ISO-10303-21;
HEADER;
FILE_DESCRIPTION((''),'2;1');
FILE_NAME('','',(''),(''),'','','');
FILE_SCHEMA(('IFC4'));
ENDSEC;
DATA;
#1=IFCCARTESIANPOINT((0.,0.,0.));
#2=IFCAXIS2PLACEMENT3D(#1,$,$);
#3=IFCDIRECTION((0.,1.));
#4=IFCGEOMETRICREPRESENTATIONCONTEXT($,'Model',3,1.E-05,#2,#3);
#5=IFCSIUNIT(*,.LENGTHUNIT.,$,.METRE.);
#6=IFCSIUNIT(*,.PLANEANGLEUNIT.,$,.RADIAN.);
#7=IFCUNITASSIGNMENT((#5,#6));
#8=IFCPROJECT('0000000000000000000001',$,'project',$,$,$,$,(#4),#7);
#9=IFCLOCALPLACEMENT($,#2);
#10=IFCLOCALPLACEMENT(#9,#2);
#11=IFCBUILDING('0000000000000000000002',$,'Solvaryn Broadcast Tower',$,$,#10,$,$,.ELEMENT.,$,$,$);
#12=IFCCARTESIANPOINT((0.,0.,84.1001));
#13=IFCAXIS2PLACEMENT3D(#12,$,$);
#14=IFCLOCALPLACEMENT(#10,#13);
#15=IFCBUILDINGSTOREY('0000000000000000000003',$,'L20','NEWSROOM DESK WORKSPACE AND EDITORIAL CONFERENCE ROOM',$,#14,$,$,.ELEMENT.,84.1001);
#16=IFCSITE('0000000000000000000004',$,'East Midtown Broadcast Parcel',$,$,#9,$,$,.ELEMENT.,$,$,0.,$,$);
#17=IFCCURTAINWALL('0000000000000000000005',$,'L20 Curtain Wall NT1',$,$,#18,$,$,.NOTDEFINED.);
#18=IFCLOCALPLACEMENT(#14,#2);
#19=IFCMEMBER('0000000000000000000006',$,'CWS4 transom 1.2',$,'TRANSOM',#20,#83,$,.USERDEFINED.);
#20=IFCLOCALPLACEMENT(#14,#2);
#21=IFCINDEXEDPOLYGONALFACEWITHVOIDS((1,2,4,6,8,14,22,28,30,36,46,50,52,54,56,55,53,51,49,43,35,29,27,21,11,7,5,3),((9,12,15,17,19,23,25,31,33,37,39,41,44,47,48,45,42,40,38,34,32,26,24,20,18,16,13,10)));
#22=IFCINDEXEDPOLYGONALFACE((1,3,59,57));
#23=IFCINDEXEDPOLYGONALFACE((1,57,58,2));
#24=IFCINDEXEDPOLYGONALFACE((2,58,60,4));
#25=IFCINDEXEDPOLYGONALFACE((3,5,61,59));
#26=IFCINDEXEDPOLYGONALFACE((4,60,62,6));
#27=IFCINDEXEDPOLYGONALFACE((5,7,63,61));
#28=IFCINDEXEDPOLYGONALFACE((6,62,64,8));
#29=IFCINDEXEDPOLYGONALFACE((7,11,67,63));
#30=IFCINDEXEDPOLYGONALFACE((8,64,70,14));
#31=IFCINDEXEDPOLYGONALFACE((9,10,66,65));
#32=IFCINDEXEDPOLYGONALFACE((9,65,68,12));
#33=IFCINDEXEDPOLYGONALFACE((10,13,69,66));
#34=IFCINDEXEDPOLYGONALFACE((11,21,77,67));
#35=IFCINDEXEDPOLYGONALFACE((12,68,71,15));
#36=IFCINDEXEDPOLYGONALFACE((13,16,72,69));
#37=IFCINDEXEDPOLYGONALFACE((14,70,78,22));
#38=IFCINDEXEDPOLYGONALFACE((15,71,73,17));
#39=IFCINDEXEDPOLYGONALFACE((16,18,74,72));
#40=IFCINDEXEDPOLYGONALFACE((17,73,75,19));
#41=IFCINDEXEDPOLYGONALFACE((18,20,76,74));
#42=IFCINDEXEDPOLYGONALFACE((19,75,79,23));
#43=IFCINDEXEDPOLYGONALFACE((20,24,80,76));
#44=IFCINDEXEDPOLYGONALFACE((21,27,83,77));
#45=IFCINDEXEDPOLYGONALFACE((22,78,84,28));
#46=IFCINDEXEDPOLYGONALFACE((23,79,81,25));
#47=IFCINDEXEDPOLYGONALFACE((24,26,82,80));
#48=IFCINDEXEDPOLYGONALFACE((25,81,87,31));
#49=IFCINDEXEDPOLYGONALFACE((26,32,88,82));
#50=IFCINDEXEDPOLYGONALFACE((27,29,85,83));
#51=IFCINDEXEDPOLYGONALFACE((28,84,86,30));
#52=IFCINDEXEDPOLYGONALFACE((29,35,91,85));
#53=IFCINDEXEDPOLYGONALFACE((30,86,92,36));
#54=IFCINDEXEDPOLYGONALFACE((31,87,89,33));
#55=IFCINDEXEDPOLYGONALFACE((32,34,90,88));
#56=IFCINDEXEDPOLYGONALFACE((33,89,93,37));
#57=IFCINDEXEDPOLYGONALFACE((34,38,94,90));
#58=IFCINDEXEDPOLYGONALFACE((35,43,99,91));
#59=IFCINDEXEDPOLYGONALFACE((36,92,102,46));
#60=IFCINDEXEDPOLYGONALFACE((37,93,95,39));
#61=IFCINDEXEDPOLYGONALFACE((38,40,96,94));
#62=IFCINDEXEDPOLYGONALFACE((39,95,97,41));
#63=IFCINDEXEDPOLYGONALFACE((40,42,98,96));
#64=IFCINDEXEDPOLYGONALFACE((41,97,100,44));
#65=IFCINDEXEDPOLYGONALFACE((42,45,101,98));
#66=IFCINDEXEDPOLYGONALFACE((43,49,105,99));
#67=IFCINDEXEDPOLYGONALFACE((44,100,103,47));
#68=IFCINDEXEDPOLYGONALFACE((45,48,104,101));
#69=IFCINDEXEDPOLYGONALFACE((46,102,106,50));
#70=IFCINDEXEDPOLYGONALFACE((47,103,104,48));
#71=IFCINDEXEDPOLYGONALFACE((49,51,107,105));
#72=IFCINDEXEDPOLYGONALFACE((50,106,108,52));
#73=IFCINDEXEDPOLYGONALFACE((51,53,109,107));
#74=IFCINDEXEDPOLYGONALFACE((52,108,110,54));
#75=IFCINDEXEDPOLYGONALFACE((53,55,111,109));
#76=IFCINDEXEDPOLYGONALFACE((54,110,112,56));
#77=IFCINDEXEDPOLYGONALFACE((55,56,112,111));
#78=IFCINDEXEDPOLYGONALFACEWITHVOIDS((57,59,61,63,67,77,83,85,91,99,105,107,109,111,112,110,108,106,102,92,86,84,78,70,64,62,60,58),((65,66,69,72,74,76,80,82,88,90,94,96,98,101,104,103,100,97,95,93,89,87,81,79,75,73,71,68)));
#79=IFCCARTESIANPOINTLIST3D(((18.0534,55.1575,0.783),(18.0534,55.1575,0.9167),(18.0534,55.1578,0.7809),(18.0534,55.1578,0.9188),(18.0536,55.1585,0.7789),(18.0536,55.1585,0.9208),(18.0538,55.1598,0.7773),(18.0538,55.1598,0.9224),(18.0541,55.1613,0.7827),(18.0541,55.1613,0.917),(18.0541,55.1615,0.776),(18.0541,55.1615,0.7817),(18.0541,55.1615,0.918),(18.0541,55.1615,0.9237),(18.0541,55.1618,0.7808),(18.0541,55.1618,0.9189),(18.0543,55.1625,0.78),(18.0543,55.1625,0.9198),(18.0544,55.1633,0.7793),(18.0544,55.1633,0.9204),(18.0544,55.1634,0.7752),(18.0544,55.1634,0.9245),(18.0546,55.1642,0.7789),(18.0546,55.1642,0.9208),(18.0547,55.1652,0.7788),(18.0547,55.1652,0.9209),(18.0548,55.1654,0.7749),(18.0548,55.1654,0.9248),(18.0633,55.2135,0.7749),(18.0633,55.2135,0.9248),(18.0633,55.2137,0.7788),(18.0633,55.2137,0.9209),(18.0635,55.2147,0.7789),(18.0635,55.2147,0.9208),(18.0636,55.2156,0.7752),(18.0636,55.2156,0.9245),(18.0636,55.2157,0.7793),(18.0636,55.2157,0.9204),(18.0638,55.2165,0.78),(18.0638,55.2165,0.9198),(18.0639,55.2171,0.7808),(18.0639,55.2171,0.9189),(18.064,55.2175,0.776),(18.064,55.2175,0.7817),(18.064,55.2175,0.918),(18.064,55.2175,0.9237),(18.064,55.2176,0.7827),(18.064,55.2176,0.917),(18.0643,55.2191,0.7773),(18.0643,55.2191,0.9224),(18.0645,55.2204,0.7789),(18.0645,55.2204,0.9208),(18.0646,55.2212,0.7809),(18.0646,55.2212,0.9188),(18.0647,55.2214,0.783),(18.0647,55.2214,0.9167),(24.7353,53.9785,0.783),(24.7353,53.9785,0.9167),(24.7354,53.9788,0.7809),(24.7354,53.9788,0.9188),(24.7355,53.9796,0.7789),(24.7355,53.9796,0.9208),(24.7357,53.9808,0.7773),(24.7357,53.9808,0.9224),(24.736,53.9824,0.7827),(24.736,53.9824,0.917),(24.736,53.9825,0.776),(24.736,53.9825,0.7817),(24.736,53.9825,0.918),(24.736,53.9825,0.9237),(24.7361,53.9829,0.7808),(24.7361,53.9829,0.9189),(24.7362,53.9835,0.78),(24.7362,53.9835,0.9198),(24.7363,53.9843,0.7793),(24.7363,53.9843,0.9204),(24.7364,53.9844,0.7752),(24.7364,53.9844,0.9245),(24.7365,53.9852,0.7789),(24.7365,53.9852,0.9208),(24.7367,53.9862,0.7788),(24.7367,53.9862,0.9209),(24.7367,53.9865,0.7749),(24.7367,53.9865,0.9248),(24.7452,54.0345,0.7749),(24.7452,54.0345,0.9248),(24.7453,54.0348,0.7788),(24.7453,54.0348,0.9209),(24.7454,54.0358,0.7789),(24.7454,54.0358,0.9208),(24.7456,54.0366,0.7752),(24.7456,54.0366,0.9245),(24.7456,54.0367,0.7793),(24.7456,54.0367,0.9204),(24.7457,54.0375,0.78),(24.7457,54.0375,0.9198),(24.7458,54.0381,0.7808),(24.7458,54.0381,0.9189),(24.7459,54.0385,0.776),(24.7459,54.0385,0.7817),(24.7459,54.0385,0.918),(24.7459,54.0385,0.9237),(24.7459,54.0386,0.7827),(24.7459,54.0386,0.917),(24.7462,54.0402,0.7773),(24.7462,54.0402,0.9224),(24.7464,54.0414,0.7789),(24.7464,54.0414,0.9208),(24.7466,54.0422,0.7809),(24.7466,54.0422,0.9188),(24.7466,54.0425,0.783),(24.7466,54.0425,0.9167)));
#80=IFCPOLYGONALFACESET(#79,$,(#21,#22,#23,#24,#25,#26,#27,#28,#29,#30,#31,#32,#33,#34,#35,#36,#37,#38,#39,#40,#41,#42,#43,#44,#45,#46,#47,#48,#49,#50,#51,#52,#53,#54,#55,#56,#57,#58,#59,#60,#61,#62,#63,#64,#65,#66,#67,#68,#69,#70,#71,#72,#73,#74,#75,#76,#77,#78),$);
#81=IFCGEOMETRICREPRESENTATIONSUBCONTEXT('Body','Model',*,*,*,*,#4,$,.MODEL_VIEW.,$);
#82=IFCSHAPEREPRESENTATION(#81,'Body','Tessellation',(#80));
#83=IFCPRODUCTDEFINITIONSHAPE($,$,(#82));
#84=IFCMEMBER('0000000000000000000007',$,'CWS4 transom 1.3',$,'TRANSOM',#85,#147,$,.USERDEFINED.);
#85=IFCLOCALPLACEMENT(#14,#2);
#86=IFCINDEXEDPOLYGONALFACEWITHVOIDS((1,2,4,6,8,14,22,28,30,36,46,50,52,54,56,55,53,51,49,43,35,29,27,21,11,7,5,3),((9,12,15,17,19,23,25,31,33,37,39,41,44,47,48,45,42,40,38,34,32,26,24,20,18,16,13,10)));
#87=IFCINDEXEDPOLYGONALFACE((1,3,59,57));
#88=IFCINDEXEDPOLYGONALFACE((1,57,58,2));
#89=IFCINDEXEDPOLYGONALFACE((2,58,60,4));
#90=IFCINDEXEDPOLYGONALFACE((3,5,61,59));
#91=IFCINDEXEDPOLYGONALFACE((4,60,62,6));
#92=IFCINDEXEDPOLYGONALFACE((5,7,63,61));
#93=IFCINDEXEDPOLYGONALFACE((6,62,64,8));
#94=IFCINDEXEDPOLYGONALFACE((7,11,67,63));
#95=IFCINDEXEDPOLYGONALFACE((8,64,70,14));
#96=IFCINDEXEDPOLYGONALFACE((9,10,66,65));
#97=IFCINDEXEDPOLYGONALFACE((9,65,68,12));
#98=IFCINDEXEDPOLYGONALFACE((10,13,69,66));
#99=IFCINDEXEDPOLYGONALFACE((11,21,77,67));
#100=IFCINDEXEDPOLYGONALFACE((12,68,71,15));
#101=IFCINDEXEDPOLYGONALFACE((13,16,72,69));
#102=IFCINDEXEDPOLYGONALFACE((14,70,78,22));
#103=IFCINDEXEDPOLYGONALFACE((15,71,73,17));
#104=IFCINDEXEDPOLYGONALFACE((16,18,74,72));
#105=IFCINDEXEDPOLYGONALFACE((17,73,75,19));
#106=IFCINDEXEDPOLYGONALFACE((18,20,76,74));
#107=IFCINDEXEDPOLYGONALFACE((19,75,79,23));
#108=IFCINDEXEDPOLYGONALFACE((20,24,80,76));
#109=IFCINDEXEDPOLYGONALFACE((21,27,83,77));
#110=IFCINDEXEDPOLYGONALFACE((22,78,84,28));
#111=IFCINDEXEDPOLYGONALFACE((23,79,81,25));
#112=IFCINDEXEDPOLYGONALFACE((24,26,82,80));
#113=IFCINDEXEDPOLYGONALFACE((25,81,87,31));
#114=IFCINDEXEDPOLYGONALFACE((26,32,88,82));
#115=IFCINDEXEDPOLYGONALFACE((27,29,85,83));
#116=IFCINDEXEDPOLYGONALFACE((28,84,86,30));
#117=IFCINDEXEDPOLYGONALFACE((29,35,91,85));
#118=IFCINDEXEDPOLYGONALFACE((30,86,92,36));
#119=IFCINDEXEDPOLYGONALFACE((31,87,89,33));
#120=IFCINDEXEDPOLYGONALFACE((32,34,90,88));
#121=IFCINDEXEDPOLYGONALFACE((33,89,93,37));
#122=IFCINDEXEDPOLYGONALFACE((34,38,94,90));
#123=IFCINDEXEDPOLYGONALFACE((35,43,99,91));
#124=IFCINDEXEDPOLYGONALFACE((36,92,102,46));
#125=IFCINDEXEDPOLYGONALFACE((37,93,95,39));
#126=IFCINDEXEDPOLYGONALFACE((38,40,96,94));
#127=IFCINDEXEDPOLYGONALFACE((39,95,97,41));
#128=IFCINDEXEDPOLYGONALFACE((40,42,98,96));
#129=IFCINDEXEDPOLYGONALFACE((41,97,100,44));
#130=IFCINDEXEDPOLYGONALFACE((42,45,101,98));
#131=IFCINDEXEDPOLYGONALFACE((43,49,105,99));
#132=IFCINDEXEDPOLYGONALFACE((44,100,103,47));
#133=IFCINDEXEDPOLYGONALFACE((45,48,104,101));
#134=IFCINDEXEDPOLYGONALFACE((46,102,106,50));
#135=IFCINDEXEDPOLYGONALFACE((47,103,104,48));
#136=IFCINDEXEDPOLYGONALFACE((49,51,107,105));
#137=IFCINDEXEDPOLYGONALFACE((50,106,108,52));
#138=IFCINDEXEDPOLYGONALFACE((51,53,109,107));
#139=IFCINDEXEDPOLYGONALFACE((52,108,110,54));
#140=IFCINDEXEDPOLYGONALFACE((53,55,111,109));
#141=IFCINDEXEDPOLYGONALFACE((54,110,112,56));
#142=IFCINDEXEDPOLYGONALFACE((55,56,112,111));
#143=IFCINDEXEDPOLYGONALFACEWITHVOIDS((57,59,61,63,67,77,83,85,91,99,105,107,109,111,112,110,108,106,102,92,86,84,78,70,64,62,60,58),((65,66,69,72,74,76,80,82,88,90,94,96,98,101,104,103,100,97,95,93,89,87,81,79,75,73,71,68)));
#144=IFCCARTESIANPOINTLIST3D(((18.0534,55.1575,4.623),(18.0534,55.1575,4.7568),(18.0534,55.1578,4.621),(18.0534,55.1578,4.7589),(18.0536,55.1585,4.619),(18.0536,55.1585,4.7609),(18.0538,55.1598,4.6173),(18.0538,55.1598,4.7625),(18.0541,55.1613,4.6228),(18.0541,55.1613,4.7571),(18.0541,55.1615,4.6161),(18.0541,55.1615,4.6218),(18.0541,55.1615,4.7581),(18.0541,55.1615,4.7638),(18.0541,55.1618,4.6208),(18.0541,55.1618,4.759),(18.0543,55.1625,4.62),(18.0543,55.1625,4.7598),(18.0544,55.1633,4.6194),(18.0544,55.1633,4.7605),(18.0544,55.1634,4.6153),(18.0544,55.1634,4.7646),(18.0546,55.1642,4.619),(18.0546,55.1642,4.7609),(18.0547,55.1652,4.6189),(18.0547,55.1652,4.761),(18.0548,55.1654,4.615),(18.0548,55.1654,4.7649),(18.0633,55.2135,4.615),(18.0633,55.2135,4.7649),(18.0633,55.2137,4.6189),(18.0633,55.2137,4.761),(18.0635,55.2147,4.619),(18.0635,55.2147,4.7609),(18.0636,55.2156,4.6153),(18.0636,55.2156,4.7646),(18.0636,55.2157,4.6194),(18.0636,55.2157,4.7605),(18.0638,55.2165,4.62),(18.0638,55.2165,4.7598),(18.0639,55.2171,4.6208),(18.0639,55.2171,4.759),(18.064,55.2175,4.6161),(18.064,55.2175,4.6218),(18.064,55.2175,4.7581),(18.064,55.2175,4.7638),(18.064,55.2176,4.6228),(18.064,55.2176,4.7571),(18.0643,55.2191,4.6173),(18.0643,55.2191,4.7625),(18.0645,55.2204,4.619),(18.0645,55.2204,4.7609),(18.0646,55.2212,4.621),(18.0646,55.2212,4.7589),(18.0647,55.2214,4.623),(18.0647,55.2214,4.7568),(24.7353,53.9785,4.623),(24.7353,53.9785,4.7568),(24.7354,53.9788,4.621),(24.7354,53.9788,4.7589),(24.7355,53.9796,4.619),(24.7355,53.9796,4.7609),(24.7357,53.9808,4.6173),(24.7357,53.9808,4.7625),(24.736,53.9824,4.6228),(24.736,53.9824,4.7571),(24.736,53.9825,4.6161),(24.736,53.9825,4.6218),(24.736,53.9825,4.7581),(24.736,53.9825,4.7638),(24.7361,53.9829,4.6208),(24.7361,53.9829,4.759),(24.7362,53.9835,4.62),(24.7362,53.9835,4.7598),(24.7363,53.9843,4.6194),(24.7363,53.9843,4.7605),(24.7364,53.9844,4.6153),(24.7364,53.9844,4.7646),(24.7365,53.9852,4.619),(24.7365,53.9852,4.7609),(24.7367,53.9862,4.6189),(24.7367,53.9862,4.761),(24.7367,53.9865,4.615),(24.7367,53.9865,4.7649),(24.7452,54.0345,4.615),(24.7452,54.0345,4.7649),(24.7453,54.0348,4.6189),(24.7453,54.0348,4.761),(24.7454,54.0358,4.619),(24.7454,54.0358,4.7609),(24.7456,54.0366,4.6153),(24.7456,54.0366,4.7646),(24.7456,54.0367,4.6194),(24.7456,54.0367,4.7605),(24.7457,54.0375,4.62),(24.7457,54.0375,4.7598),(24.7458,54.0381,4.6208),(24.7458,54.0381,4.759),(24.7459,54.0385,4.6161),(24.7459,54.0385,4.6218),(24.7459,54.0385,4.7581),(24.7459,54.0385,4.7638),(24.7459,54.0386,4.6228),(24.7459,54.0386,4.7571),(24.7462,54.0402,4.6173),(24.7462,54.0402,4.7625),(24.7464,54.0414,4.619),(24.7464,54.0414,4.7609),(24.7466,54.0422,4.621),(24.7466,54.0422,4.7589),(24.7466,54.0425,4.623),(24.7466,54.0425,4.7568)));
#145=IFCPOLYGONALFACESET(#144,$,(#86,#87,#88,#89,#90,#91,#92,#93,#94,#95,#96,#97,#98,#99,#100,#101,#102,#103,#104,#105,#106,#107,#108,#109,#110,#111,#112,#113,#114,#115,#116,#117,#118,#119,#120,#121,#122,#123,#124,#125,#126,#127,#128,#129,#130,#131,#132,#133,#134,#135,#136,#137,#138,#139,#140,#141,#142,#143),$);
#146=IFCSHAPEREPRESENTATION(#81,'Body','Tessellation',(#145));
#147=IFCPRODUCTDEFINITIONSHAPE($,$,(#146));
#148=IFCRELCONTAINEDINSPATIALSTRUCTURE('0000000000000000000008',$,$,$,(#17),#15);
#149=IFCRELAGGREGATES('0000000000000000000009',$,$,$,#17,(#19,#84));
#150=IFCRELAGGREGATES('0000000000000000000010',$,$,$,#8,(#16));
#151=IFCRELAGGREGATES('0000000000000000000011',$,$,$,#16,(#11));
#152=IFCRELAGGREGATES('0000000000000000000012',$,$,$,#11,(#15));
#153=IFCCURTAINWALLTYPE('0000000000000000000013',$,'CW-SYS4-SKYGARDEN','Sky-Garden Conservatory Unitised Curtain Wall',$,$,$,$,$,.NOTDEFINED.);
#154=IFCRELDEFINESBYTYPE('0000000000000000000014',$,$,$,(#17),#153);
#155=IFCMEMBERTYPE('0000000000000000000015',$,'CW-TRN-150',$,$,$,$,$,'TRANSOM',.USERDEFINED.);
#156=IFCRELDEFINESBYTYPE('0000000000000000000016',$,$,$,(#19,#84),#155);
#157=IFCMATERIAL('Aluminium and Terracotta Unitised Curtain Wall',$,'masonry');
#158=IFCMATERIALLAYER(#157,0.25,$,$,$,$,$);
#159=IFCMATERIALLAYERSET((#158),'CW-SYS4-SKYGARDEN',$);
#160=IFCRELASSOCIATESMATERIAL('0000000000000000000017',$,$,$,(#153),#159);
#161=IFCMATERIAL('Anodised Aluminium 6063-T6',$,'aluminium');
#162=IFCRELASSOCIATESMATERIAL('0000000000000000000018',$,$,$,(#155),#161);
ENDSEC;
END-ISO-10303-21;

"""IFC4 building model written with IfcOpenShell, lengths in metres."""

from ifc_helpers import new_model, si_unit, direction, frame, origin, origin_2d, place, context, subcontext, project, spatial, hollow_rectangle, extrude, material, layer, layer_set, material_profile, profile_set, type_object, element, aggregate, save


model = new_model("IFC4")

# Units and contexts
model_context = context("Model", 3, precision=1e-05, world=origin(), true_north=direction((0.0, 1.0)))
body_context = subcontext(model_context, "Body", "Model", "MODEL_VIEW")
ifc_project = project(units=[si_unit("LENGTHUNIT", "METRE"), si_unit("PLANEANGLEUNIT", "RADIAN")], contexts=[model_context])

# Site, building, storey
site_placement = place(None, origin())
site = spatial("IfcSite", under=ifc_project, at=site_placement, Name="East Midtown Broadcast Parcel", CompositionType="ELEMENT", RefElevation=0.0)
building_placement = place(site_placement, origin())
building = spatial("IfcBuilding", under=site, at=building_placement, Name="Solvaryn Broadcast Tower", CompositionType="ELEMENT")
storey_placement = place(building_placement, frame((0.0, 0.0, 84.1001)))
storey = spatial("IfcBuildingStorey", under=building, at=storey_placement, Name="L20", Description="NEWSROOM DESK WORKSPACE AND EDITORIAL CONFERENCE ROOM", CompositionType="ELEMENT", Elevation=84.1001)

# Curtain wall
ifc_material_1 = material(Name="Aluminium and Terracotta Unitised Curtain Wall", Category="masonry")
ifc_layer_1 = layer(ifc_material_1, 0.25)
ifc_layer_set_1 = layer_set([ifc_layer_1], Name="CW-SYS4-SKYGARDEN")
curtain_wall_type = type_object("IfcCurtainWallType", Name="CW-SYS4-SKYGARDEN", Description="Sky-Garden Conservatory Unitised Curtain Wall", PredefinedType="NOTDEFINED", material=ifc_layer_set_1)
curtain_wall_1_placement = place(storey_placement, origin())
curtain_wall_1 = element("IfcCurtainWall", 1, at=curtain_wall_1_placement, inside=storey, type_object=curtain_wall_type, Name="L20 Curtain Wall NT1", PredefinedType="NOTDEFINED")

# Members
ifc_material_2 = material(Name="Anodised Aluminium 6063-T6", Category="aluminium")
ifc_material_profile_1 = material_profile(ifc_material_2, hollow_rectangle(XDim=0.0649, YDim=0.1499, WallThickness=0.0039, InnerFilletRadius=0.0039, OuterFilletRadius=0.0081, at=origin_2d()))
ifc_profile_set_1 = profile_set([ifc_material_profile_1], Name="Anodised Aluminium 6063-T6")
member_type_1 = type_object("IfcMemberType", Name="CW-TRN-150", ElementType="TRANSOM", PredefinedType="USERDEFINED", material=ifc_profile_set_1)
member_1_placement = place(storey_placement, frame((24.741, 54.0105, 0.8499), z_axis=(-0.984789, 0.173757, 0.0), x_axis=(-0.173757, -0.984789, 0.0)))
member_1 = element("IfcMember", 2, at=member_1_placement, type_object=member_type_1, Name="CWS4 transom 1.2", ObjectType="TRANSOM", PredefinedType="USERDEFINED", context=body_context, shape_type="SweptSolid", body=[
    extrude(hollow_rectangle(XDim=0.0649, YDim=0.1499, WallThickness=0.0039, InnerFilletRadius=0.0039, OuterFilletRadius=0.0081, at=origin_2d()), origin(), (0.0, 0.0, 1.0), 6.7852),
])
member_2_placement = place(storey_placement, frame((24.741, 54.0105, 4.6899), z_axis=(-0.984789, 0.173757, 0.0), x_axis=(-0.173757, -0.984789, 0.0)))
member_2 = element("IfcMember", 3, at=member_2_placement, type_object=member_type_1, Name="CWS4 transom 1.3", ObjectType="TRANSOM", PredefinedType="USERDEFINED", context=body_context, shape_type="SweptSolid", body=[
    extrude(hollow_rectangle(XDim=0.0649, YDim=0.1499, WallThickness=0.0039, InnerFilletRadius=0.0039, OuterFilletRadius=0.0081, at=origin_2d()), origin(), (0.0, 0.0, 1.0), 6.7852),
])

aggregate(curtain_wall_1, [member_1, member_2])

save(model, "model.ifc")
